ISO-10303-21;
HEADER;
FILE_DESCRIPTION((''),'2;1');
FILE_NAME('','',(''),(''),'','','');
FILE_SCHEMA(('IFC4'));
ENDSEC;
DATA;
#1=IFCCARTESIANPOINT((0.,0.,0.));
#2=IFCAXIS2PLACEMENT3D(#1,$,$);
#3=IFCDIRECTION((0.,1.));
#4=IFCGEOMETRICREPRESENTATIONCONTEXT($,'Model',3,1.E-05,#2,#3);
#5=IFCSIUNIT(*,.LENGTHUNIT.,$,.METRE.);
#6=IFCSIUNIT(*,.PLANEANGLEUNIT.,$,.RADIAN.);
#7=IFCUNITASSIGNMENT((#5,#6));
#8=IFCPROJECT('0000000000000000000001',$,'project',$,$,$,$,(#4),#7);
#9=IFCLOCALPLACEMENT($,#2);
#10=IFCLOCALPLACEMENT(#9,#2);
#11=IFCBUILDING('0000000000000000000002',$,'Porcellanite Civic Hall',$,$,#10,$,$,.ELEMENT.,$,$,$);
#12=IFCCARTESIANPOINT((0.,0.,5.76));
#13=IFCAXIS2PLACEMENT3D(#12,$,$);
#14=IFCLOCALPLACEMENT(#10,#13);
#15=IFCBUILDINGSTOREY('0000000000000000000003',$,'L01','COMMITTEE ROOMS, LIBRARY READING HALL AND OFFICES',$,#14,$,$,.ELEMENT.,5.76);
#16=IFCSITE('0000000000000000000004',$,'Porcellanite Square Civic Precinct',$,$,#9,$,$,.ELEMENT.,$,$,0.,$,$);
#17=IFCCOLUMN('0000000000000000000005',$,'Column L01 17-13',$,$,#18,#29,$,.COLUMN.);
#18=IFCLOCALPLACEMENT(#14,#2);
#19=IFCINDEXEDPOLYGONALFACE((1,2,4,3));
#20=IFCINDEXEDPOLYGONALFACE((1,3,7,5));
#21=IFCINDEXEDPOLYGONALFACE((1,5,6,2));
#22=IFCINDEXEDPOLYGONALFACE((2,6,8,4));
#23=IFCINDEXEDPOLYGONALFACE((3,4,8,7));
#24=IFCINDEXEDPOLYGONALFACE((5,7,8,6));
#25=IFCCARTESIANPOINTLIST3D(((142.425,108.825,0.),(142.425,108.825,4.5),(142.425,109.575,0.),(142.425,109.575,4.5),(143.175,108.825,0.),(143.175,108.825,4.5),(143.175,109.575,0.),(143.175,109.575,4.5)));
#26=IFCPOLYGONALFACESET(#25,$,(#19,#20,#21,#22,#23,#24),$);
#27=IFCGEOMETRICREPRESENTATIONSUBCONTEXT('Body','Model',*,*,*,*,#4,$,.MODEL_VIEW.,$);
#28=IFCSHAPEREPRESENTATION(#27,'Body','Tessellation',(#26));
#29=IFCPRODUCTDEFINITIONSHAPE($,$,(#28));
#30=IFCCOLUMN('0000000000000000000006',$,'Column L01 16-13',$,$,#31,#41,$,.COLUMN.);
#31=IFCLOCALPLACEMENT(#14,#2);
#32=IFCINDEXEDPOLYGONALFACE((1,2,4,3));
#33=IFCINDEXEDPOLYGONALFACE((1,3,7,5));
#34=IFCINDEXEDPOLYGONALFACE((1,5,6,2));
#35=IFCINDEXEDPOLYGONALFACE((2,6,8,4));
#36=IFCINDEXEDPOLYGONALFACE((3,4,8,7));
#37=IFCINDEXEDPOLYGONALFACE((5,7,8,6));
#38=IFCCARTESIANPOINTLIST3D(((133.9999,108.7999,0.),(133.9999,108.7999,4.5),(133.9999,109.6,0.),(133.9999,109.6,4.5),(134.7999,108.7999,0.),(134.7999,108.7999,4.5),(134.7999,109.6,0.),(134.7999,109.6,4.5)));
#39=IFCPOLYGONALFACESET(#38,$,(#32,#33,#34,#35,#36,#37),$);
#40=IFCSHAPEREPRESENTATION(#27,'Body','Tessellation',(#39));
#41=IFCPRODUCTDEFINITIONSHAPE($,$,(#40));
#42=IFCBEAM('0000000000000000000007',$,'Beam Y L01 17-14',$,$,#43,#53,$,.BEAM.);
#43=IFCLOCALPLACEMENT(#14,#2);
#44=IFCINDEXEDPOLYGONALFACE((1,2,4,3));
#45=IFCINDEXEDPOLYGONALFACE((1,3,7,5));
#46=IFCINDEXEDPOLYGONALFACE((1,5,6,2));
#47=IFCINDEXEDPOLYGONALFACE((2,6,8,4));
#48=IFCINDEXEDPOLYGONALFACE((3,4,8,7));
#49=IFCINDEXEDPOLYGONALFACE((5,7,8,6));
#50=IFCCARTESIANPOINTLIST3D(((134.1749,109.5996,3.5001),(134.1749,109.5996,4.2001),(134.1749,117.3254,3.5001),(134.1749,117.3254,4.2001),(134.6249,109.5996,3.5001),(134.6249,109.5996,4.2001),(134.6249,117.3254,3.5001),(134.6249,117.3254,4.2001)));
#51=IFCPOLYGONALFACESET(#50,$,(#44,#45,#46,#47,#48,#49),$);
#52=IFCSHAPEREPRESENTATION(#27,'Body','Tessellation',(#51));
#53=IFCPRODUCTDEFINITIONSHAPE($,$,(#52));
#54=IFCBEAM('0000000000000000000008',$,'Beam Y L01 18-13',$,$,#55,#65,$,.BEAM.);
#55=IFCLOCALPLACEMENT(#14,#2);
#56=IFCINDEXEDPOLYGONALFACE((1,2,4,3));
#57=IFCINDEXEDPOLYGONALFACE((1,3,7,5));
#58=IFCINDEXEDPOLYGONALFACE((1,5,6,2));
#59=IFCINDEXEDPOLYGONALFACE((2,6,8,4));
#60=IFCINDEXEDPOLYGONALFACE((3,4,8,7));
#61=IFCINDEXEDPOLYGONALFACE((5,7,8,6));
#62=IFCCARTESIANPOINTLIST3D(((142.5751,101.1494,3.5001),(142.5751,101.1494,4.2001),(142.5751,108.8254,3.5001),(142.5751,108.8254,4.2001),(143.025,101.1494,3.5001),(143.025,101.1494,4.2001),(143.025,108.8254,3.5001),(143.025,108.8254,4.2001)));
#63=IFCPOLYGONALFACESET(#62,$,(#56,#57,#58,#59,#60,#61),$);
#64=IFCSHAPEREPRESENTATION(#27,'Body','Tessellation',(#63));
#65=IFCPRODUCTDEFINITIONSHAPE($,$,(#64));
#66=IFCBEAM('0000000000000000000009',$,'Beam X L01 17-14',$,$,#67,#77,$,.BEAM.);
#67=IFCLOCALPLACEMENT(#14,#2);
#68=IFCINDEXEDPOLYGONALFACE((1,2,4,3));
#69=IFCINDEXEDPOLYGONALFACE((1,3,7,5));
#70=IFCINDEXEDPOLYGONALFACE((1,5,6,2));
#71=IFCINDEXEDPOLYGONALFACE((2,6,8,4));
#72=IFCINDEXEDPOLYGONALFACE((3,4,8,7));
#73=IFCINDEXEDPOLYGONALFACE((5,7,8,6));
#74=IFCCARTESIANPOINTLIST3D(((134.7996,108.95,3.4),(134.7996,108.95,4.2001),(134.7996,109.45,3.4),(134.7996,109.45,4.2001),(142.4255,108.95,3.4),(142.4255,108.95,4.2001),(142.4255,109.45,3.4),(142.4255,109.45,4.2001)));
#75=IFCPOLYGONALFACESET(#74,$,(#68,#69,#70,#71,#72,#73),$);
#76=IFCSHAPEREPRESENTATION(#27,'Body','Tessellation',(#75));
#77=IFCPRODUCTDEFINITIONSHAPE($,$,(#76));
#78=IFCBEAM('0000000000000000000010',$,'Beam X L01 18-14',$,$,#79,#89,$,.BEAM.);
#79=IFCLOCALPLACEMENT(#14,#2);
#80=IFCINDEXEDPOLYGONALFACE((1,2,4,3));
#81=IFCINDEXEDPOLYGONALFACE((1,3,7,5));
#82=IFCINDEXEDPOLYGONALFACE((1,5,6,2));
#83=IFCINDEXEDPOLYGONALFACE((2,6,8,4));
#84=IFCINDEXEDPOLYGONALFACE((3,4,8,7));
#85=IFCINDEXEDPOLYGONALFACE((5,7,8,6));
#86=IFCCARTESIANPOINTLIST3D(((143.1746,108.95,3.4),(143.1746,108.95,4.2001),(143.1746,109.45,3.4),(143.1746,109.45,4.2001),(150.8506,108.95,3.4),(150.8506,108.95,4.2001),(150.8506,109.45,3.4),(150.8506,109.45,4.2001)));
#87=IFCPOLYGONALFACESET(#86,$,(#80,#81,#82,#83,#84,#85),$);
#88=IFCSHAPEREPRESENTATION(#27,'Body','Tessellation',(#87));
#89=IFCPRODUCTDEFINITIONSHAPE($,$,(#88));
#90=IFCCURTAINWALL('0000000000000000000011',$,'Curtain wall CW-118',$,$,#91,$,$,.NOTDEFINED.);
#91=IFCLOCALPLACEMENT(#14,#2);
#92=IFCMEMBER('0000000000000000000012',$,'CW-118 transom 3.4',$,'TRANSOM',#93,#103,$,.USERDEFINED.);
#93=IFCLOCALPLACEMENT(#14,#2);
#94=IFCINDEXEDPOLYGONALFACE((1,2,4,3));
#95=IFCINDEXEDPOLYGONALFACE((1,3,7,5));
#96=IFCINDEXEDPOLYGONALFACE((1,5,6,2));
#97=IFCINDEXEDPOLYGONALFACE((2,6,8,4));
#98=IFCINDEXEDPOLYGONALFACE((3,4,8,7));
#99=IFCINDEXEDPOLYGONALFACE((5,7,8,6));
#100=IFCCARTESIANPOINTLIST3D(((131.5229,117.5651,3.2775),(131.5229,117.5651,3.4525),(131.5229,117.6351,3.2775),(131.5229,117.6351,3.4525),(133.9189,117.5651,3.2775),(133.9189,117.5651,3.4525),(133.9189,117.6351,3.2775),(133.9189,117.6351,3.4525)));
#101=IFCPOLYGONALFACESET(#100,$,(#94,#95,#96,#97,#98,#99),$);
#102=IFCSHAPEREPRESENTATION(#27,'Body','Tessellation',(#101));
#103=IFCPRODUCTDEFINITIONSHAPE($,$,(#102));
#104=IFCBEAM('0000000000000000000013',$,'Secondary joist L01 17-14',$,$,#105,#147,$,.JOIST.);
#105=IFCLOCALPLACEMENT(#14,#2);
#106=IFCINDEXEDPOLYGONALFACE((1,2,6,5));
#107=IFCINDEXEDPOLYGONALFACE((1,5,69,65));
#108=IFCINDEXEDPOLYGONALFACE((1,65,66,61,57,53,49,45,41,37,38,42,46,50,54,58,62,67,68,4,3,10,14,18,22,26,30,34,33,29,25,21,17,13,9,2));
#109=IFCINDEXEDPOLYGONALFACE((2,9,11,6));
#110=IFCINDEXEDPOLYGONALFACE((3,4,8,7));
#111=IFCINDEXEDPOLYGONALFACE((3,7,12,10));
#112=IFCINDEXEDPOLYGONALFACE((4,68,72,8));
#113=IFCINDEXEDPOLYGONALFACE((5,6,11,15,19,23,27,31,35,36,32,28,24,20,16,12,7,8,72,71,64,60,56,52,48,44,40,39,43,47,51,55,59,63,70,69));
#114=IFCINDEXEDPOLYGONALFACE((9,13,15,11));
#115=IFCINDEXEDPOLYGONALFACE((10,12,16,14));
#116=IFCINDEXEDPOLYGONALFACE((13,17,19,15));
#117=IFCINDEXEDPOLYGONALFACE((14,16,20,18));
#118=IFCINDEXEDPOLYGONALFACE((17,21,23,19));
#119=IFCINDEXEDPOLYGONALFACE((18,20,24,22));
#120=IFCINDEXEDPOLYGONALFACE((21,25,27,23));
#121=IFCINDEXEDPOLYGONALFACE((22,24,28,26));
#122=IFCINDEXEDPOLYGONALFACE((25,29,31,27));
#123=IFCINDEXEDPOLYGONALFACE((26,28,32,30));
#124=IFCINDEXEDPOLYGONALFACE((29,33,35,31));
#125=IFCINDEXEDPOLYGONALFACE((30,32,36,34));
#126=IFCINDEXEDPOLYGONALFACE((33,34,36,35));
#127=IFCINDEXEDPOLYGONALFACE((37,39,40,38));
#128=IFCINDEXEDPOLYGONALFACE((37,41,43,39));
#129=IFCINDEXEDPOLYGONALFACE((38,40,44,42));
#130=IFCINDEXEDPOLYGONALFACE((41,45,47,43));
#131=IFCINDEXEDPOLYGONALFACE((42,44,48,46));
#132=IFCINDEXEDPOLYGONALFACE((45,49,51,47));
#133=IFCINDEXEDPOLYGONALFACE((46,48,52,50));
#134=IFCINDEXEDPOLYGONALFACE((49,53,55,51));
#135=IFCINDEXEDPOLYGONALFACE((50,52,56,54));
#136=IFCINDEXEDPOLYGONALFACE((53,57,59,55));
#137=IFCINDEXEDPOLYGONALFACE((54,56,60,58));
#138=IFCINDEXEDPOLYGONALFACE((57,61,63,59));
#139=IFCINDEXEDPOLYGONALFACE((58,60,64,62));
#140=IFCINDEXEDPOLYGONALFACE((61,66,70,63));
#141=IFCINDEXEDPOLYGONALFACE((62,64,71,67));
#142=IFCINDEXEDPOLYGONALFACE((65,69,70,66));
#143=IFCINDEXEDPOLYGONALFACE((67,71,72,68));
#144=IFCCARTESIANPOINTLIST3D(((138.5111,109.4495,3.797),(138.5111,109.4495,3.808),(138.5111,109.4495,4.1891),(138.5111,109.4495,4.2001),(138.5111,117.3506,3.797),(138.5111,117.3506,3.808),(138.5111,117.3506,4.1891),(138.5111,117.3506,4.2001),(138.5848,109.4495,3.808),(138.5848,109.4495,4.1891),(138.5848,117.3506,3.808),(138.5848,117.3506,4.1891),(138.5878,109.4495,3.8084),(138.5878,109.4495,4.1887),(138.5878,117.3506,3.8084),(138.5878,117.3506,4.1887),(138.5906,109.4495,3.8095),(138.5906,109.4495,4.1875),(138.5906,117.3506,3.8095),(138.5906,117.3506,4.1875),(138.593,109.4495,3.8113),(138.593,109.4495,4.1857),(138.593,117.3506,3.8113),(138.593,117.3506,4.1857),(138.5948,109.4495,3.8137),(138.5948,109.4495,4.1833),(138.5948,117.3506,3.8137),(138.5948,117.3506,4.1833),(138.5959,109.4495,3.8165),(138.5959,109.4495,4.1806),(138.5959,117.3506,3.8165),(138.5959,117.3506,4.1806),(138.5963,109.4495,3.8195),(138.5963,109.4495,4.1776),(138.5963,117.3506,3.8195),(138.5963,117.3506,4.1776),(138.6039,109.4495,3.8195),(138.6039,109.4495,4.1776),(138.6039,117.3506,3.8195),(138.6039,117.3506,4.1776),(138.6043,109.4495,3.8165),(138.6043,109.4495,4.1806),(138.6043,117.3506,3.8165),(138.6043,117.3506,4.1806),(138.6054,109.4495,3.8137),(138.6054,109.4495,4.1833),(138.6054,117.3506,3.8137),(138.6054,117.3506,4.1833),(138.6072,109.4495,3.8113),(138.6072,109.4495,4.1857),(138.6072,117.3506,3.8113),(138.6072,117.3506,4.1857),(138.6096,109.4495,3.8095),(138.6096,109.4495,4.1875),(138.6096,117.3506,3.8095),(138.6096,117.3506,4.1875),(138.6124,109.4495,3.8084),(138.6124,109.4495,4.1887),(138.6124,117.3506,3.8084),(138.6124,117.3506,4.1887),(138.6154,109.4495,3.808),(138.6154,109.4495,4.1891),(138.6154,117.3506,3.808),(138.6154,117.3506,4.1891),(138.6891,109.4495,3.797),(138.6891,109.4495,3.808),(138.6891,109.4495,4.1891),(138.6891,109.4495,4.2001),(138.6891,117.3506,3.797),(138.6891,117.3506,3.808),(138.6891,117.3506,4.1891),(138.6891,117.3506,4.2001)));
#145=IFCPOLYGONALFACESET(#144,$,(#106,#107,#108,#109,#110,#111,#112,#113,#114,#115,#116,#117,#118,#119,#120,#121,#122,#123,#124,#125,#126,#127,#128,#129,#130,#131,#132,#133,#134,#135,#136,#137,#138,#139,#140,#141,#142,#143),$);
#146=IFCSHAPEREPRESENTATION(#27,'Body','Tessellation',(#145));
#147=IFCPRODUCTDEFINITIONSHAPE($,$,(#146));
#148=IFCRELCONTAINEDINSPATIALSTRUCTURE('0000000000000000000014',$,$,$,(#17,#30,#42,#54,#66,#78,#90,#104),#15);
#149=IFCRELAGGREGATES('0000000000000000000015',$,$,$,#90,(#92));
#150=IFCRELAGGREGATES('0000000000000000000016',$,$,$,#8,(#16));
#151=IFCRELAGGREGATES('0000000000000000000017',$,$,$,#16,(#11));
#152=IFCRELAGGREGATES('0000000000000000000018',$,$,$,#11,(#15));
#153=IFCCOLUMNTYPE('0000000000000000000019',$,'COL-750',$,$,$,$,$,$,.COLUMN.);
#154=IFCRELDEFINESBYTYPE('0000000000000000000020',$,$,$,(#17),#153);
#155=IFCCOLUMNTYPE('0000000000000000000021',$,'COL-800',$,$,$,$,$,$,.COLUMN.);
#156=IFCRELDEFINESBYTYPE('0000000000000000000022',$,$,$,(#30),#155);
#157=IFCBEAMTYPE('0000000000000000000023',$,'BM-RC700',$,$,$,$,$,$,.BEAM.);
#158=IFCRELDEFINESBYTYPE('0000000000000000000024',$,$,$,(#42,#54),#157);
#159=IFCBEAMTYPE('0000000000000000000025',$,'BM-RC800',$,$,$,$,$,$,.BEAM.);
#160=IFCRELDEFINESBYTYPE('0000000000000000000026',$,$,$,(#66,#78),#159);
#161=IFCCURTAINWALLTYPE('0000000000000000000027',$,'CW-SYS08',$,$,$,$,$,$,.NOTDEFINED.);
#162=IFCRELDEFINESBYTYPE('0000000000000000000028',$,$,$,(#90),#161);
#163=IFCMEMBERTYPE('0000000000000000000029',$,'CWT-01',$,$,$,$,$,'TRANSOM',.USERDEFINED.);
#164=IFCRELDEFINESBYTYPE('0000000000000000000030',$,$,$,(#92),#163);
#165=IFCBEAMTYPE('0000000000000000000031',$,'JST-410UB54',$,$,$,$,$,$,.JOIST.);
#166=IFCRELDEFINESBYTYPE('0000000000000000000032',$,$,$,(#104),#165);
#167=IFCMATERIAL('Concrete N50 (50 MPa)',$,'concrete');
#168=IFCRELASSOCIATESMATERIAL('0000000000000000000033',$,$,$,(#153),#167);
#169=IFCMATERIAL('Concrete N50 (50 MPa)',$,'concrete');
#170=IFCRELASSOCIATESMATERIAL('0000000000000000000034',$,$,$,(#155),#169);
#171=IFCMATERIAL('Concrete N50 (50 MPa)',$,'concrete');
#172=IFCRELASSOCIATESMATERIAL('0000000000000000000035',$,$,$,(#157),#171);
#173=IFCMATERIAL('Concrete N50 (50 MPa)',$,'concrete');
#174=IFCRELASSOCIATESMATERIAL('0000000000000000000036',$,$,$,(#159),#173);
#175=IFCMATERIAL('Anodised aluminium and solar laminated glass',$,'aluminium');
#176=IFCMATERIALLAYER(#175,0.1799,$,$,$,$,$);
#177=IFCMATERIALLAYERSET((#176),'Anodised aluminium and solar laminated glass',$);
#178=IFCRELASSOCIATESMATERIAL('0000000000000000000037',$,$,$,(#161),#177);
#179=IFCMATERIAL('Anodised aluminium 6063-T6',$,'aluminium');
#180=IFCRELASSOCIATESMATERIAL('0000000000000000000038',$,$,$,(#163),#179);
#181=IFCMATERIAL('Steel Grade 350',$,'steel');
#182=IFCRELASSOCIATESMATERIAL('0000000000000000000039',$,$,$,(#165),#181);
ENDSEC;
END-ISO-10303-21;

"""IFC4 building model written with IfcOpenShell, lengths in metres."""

from ifc_helpers import new_model, si_unit, direction, frame, origin, origin_2d, place, context, subcontext, project, spatial, rectangle, i_section, extrude, material, layer, layer_set, material_profile, profile_set, type_object, element, aggregate, save


model = new_model("IFC4")

# Units and contexts
model_context = context("Model", 3, precision=1e-05, world=origin(), true_north=direction((0.0, 1.0)))
body_context = subcontext(model_context, "Body", "Model", "MODEL_VIEW")
ifc_project = project(units=[si_unit("LENGTHUNIT", "METRE"), si_unit("PLANEANGLEUNIT", "RADIAN")], contexts=[model_context])

# Site, building, storey
site_placement = place(None, origin())
site = spatial("IfcSite", under=ifc_project, at=site_placement, Name="Porcellanite Square Civic Precinct", CompositionType="ELEMENT", RefElevation=0.0)
building_placement = place(site_placement, origin())
building = spatial("IfcBuilding", under=site, at=building_placement, Name="Porcellanite Civic Hall", CompositionType="ELEMENT")
storey_placement = place(building_placement, frame((0.0, 0.0, 5.76)))
storey = spatial("IfcBuildingStorey", under=building, at=storey_placement, Name="L01", Description="COMMITTEE ROOMS, LIBRARY READING HALL AND OFFICES", CompositionType="ELEMENT", Elevation=5.76)

# Columns
ifc_material_1 = material(Name="Concrete N50 (50 MPa)", Category="concrete")
ifc_material_profile_1 = material_profile(ifc_material_1, rectangle(XDim=0.75, YDim=0.75, at=origin_2d()), Name="RC-750x750")
ifc_profile_set_1 = profile_set([ifc_material_profile_1], Name="Concrete N50 (50 MPa)")
column_type_1 = type_object("IfcColumnType", Name="COL-750", PredefinedType="COLUMN", material=ifc_profile_set_1)
column_1_placement = place(storey_placement, frame((142.8, 109.2, 0.0), z_axis=(0.0, 0.0, 1.0), x_axis=(1.0, 0.0, 0.0)))
element("IfcColumn", 1, at=column_1_placement, inside=storey, type_object=column_type_1, Name="Column L01 17-13", PredefinedType="COLUMN", context=body_context, shape_type="SweptSolid", body=[
    extrude(rectangle(XDim=0.75, YDim=0.75, at=origin_2d()), origin(), (0.0, 0.0, 1.0), 4.5),
])
ifc_material_2 = material(Name="Concrete N50 (50 MPa)", Category="concrete")
ifc_material_profile_2 = material_profile(ifc_material_2, rectangle(XDim=0.8, YDim=0.8, at=origin_2d()), Name="RC-800x800")
ifc_profile_set_2 = profile_set([ifc_material_profile_2], Name="Concrete N50 (50 MPa)")
column_type_2 = type_object("IfcColumnType", Name="COL-800", PredefinedType="COLUMN", material=ifc_profile_set_2)
column_2_placement = place(storey_placement, frame((134.3999, 109.2, 0.0), z_axis=(0.0, 0.0, 1.0), x_axis=(1.0, 0.0, 0.0)))
element("IfcColumn", 2, at=column_2_placement, inside=storey, type_object=column_type_2, Name="Column L01 16-13", PredefinedType="COLUMN", context=body_context, shape_type="SweptSolid", body=[
    extrude(rectangle(XDim=0.8, YDim=0.8, at=origin_2d()), origin(), (0.0, 0.0, 1.0), 4.5),
])

# Beams
ifc_material_3 = material(Name="Concrete N50 (50 MPa)", Category="concrete")
ifc_material_profile_3 = material_profile(ifc_material_3, rectangle(XDim=0.45, YDim=0.7, at=origin_2d()), Name="RC-450x700")
ifc_profile_set_3 = profile_set([ifc_material_profile_3], Name="Concrete N50 (50 MPa)")
beam_type_1 = type_object("IfcBeamType", Name="BM-RC700", PredefinedType="BEAM", material=ifc_profile_set_3)
beam_1_placement = place(storey_placement, frame((134.3999, 109.5996, 3.8501), z_axis=(0.0, 1.0, 0.0), x_axis=(-1.0, 0.0, 0.0)))
element("IfcBeam", 3, at=beam_1_placement, inside=storey, type_object=beam_type_1, Name="Beam Y L01 17-14", PredefinedType="BEAM", context=body_context, shape_type="SweptSolid", body=[
    extrude(rectangle(XDim=0.45, YDim=0.7, at=origin_2d()), origin(), (0.0, 0.0, 1.0), 7.7258),
])
beam_2_placement = place(storey_placement, frame((142.8, 101.1494, 3.8501), z_axis=(0.0, 1.0, 0.0), x_axis=(-1.0, 0.0, 0.0)))
element("IfcBeam", 4, at=beam_2_placement, inside=storey, type_object=beam_type_1, Name="Beam Y L01 18-13", PredefinedType="BEAM", context=body_context, shape_type="SweptSolid", body=[
    extrude(rectangle(XDim=0.45, YDim=0.7, at=origin_2d()), origin(), (0.0, 0.0, 1.0), 7.676),
])
ifc_material_4 = material(Name="Concrete N50 (50 MPa)", Category="concrete")
ifc_material_profile_4 = material_profile(ifc_material_4, rectangle(XDim=0.5, YDim=0.8, at=origin_2d()), Name="RC-500x800")
ifc_profile_set_4 = profile_set([ifc_material_profile_4], Name="Concrete N50 (50 MPa)")
beam_type_2 = type_object("IfcBeamType", Name="BM-RC800", PredefinedType="BEAM", material=ifc_profile_set_4)
beam_3_placement = place(storey_placement, frame((134.7996, 109.2, 3.8), z_axis=(1.0, 0.0, 0.0), x_axis=(0.0, 1.0, 0.0)))
element("IfcBeam", 5, at=beam_3_placement, inside=storey, type_object=beam_type_2, Name="Beam X L01 17-14", PredefinedType="BEAM", context=body_context, shape_type="SweptSolid", body=[
    extrude(rectangle(XDim=0.5, YDim=0.8, at=origin_2d()), origin(), (0.0, 0.0, 1.0), 7.626),
])
beam_4_placement = place(storey_placement, frame((143.1746, 109.2, 3.8), z_axis=(1.0, 0.0, 0.0), x_axis=(0.0, 1.0, 0.0)))
element("IfcBeam", 6, at=beam_4_placement, inside=storey, type_object=beam_type_2, Name="Beam X L01 18-14", PredefinedType="BEAM", context=body_context, shape_type="SweptSolid", body=[
    extrude(rectangle(XDim=0.5, YDim=0.8, at=origin_2d()), origin(), (0.0, 0.0, 1.0), 7.676),
])

# Curtain wall, member
ifc_material_5 = material(Name="Anodised aluminium and solar laminated glass", Category="aluminium")
ifc_layer_1 = layer(ifc_material_5, 0.1799)
ifc_layer_set_1 = layer_set([ifc_layer_1], Name="Anodised aluminium and solar laminated glass")
curtain_wall_type = type_object("IfcCurtainWallType", Name="CW-SYS08", PredefinedType="NOTDEFINED", material=ifc_layer_set_1)
curtain_wall_placement = place(storey_placement, origin())
curtain_wall = element("IfcCurtainWall", 7, at=curtain_wall_placement, inside=storey, type_object=curtain_wall_type, Name="Curtain wall CW-118", PredefinedType="NOTDEFINED")
ifc_material_6 = material(Name="Anodised aluminium 6063-T6", Category="aluminium")
ifc_material_profile_5 = material_profile(ifc_material_6, rectangle(XDim=0.0701, YDim=0.175, at=origin_2d()), Name="AL-70x175")
ifc_profile_set_5 = profile_set([ifc_material_profile_5], Name="Anodised aluminium 6063-T6")
member_type = type_object("IfcMemberType", Name="CWT-01", ElementType="TRANSOM", PredefinedType="USERDEFINED", material=ifc_profile_set_5)
member_placement = place(storey_placement, frame((131.5229, 117.6001, 3.365), z_axis=(1.0, 0.0, 0.0), x_axis=(0.0, 1.0, 0.0)))
member = element("IfcMember", 8, at=member_placement, type_object=member_type, Name="CW-118 transom 3.4", ObjectType="TRANSOM", PredefinedType="USERDEFINED", context=body_context, shape_type="SweptSolid", body=[
    extrude(rectangle(XDim=0.0701, YDim=0.175, at=origin_2d()), origin(), (0.0, 0.0, 1.0), 2.396),
])

# Beam
ifc_material_7 = material(Name="Steel Grade 350", Category="steel")
ifc_material_profile_6 = material_profile(ifc_material_7, i_section(OverallWidth=0.178, OverallDepth=0.4031, WebThickness=0.0076, FlangeThickness=0.011, FilletRadius=0.0115, at=origin_2d()), Name="410UB53.7")
ifc_profile_set_6 = profile_set([ifc_material_profile_6], Name="Steel Grade 350")
beam_type_3 = type_object("IfcBeamType", Name="JST-410UB54", PredefinedType="JOIST", material=ifc_profile_set_6)
beam_5_placement = place(storey_placement, frame((138.6001, 109.4495, 3.9985), z_axis=(0.0, 1.0, 0.0), x_axis=(-1.0, 0.0, 0.0)))
element("IfcBeam", 9, at=beam_5_placement, inside=storey, type_object=beam_type_3, Name="Secondary joist L01 17-14", PredefinedType="JOIST", context=body_context, shape_type="SweptSolid", body=[
    extrude(i_section(OverallWidth=0.178, OverallDepth=0.4031, WebThickness=0.0076, FlangeThickness=0.011, FilletRadius=0.0115, at=origin_2d()), origin(), (0.0, 0.0, 1.0), 7.9011),
])

aggregate(curtain_wall, [member])

save(model, "model.ifc")
